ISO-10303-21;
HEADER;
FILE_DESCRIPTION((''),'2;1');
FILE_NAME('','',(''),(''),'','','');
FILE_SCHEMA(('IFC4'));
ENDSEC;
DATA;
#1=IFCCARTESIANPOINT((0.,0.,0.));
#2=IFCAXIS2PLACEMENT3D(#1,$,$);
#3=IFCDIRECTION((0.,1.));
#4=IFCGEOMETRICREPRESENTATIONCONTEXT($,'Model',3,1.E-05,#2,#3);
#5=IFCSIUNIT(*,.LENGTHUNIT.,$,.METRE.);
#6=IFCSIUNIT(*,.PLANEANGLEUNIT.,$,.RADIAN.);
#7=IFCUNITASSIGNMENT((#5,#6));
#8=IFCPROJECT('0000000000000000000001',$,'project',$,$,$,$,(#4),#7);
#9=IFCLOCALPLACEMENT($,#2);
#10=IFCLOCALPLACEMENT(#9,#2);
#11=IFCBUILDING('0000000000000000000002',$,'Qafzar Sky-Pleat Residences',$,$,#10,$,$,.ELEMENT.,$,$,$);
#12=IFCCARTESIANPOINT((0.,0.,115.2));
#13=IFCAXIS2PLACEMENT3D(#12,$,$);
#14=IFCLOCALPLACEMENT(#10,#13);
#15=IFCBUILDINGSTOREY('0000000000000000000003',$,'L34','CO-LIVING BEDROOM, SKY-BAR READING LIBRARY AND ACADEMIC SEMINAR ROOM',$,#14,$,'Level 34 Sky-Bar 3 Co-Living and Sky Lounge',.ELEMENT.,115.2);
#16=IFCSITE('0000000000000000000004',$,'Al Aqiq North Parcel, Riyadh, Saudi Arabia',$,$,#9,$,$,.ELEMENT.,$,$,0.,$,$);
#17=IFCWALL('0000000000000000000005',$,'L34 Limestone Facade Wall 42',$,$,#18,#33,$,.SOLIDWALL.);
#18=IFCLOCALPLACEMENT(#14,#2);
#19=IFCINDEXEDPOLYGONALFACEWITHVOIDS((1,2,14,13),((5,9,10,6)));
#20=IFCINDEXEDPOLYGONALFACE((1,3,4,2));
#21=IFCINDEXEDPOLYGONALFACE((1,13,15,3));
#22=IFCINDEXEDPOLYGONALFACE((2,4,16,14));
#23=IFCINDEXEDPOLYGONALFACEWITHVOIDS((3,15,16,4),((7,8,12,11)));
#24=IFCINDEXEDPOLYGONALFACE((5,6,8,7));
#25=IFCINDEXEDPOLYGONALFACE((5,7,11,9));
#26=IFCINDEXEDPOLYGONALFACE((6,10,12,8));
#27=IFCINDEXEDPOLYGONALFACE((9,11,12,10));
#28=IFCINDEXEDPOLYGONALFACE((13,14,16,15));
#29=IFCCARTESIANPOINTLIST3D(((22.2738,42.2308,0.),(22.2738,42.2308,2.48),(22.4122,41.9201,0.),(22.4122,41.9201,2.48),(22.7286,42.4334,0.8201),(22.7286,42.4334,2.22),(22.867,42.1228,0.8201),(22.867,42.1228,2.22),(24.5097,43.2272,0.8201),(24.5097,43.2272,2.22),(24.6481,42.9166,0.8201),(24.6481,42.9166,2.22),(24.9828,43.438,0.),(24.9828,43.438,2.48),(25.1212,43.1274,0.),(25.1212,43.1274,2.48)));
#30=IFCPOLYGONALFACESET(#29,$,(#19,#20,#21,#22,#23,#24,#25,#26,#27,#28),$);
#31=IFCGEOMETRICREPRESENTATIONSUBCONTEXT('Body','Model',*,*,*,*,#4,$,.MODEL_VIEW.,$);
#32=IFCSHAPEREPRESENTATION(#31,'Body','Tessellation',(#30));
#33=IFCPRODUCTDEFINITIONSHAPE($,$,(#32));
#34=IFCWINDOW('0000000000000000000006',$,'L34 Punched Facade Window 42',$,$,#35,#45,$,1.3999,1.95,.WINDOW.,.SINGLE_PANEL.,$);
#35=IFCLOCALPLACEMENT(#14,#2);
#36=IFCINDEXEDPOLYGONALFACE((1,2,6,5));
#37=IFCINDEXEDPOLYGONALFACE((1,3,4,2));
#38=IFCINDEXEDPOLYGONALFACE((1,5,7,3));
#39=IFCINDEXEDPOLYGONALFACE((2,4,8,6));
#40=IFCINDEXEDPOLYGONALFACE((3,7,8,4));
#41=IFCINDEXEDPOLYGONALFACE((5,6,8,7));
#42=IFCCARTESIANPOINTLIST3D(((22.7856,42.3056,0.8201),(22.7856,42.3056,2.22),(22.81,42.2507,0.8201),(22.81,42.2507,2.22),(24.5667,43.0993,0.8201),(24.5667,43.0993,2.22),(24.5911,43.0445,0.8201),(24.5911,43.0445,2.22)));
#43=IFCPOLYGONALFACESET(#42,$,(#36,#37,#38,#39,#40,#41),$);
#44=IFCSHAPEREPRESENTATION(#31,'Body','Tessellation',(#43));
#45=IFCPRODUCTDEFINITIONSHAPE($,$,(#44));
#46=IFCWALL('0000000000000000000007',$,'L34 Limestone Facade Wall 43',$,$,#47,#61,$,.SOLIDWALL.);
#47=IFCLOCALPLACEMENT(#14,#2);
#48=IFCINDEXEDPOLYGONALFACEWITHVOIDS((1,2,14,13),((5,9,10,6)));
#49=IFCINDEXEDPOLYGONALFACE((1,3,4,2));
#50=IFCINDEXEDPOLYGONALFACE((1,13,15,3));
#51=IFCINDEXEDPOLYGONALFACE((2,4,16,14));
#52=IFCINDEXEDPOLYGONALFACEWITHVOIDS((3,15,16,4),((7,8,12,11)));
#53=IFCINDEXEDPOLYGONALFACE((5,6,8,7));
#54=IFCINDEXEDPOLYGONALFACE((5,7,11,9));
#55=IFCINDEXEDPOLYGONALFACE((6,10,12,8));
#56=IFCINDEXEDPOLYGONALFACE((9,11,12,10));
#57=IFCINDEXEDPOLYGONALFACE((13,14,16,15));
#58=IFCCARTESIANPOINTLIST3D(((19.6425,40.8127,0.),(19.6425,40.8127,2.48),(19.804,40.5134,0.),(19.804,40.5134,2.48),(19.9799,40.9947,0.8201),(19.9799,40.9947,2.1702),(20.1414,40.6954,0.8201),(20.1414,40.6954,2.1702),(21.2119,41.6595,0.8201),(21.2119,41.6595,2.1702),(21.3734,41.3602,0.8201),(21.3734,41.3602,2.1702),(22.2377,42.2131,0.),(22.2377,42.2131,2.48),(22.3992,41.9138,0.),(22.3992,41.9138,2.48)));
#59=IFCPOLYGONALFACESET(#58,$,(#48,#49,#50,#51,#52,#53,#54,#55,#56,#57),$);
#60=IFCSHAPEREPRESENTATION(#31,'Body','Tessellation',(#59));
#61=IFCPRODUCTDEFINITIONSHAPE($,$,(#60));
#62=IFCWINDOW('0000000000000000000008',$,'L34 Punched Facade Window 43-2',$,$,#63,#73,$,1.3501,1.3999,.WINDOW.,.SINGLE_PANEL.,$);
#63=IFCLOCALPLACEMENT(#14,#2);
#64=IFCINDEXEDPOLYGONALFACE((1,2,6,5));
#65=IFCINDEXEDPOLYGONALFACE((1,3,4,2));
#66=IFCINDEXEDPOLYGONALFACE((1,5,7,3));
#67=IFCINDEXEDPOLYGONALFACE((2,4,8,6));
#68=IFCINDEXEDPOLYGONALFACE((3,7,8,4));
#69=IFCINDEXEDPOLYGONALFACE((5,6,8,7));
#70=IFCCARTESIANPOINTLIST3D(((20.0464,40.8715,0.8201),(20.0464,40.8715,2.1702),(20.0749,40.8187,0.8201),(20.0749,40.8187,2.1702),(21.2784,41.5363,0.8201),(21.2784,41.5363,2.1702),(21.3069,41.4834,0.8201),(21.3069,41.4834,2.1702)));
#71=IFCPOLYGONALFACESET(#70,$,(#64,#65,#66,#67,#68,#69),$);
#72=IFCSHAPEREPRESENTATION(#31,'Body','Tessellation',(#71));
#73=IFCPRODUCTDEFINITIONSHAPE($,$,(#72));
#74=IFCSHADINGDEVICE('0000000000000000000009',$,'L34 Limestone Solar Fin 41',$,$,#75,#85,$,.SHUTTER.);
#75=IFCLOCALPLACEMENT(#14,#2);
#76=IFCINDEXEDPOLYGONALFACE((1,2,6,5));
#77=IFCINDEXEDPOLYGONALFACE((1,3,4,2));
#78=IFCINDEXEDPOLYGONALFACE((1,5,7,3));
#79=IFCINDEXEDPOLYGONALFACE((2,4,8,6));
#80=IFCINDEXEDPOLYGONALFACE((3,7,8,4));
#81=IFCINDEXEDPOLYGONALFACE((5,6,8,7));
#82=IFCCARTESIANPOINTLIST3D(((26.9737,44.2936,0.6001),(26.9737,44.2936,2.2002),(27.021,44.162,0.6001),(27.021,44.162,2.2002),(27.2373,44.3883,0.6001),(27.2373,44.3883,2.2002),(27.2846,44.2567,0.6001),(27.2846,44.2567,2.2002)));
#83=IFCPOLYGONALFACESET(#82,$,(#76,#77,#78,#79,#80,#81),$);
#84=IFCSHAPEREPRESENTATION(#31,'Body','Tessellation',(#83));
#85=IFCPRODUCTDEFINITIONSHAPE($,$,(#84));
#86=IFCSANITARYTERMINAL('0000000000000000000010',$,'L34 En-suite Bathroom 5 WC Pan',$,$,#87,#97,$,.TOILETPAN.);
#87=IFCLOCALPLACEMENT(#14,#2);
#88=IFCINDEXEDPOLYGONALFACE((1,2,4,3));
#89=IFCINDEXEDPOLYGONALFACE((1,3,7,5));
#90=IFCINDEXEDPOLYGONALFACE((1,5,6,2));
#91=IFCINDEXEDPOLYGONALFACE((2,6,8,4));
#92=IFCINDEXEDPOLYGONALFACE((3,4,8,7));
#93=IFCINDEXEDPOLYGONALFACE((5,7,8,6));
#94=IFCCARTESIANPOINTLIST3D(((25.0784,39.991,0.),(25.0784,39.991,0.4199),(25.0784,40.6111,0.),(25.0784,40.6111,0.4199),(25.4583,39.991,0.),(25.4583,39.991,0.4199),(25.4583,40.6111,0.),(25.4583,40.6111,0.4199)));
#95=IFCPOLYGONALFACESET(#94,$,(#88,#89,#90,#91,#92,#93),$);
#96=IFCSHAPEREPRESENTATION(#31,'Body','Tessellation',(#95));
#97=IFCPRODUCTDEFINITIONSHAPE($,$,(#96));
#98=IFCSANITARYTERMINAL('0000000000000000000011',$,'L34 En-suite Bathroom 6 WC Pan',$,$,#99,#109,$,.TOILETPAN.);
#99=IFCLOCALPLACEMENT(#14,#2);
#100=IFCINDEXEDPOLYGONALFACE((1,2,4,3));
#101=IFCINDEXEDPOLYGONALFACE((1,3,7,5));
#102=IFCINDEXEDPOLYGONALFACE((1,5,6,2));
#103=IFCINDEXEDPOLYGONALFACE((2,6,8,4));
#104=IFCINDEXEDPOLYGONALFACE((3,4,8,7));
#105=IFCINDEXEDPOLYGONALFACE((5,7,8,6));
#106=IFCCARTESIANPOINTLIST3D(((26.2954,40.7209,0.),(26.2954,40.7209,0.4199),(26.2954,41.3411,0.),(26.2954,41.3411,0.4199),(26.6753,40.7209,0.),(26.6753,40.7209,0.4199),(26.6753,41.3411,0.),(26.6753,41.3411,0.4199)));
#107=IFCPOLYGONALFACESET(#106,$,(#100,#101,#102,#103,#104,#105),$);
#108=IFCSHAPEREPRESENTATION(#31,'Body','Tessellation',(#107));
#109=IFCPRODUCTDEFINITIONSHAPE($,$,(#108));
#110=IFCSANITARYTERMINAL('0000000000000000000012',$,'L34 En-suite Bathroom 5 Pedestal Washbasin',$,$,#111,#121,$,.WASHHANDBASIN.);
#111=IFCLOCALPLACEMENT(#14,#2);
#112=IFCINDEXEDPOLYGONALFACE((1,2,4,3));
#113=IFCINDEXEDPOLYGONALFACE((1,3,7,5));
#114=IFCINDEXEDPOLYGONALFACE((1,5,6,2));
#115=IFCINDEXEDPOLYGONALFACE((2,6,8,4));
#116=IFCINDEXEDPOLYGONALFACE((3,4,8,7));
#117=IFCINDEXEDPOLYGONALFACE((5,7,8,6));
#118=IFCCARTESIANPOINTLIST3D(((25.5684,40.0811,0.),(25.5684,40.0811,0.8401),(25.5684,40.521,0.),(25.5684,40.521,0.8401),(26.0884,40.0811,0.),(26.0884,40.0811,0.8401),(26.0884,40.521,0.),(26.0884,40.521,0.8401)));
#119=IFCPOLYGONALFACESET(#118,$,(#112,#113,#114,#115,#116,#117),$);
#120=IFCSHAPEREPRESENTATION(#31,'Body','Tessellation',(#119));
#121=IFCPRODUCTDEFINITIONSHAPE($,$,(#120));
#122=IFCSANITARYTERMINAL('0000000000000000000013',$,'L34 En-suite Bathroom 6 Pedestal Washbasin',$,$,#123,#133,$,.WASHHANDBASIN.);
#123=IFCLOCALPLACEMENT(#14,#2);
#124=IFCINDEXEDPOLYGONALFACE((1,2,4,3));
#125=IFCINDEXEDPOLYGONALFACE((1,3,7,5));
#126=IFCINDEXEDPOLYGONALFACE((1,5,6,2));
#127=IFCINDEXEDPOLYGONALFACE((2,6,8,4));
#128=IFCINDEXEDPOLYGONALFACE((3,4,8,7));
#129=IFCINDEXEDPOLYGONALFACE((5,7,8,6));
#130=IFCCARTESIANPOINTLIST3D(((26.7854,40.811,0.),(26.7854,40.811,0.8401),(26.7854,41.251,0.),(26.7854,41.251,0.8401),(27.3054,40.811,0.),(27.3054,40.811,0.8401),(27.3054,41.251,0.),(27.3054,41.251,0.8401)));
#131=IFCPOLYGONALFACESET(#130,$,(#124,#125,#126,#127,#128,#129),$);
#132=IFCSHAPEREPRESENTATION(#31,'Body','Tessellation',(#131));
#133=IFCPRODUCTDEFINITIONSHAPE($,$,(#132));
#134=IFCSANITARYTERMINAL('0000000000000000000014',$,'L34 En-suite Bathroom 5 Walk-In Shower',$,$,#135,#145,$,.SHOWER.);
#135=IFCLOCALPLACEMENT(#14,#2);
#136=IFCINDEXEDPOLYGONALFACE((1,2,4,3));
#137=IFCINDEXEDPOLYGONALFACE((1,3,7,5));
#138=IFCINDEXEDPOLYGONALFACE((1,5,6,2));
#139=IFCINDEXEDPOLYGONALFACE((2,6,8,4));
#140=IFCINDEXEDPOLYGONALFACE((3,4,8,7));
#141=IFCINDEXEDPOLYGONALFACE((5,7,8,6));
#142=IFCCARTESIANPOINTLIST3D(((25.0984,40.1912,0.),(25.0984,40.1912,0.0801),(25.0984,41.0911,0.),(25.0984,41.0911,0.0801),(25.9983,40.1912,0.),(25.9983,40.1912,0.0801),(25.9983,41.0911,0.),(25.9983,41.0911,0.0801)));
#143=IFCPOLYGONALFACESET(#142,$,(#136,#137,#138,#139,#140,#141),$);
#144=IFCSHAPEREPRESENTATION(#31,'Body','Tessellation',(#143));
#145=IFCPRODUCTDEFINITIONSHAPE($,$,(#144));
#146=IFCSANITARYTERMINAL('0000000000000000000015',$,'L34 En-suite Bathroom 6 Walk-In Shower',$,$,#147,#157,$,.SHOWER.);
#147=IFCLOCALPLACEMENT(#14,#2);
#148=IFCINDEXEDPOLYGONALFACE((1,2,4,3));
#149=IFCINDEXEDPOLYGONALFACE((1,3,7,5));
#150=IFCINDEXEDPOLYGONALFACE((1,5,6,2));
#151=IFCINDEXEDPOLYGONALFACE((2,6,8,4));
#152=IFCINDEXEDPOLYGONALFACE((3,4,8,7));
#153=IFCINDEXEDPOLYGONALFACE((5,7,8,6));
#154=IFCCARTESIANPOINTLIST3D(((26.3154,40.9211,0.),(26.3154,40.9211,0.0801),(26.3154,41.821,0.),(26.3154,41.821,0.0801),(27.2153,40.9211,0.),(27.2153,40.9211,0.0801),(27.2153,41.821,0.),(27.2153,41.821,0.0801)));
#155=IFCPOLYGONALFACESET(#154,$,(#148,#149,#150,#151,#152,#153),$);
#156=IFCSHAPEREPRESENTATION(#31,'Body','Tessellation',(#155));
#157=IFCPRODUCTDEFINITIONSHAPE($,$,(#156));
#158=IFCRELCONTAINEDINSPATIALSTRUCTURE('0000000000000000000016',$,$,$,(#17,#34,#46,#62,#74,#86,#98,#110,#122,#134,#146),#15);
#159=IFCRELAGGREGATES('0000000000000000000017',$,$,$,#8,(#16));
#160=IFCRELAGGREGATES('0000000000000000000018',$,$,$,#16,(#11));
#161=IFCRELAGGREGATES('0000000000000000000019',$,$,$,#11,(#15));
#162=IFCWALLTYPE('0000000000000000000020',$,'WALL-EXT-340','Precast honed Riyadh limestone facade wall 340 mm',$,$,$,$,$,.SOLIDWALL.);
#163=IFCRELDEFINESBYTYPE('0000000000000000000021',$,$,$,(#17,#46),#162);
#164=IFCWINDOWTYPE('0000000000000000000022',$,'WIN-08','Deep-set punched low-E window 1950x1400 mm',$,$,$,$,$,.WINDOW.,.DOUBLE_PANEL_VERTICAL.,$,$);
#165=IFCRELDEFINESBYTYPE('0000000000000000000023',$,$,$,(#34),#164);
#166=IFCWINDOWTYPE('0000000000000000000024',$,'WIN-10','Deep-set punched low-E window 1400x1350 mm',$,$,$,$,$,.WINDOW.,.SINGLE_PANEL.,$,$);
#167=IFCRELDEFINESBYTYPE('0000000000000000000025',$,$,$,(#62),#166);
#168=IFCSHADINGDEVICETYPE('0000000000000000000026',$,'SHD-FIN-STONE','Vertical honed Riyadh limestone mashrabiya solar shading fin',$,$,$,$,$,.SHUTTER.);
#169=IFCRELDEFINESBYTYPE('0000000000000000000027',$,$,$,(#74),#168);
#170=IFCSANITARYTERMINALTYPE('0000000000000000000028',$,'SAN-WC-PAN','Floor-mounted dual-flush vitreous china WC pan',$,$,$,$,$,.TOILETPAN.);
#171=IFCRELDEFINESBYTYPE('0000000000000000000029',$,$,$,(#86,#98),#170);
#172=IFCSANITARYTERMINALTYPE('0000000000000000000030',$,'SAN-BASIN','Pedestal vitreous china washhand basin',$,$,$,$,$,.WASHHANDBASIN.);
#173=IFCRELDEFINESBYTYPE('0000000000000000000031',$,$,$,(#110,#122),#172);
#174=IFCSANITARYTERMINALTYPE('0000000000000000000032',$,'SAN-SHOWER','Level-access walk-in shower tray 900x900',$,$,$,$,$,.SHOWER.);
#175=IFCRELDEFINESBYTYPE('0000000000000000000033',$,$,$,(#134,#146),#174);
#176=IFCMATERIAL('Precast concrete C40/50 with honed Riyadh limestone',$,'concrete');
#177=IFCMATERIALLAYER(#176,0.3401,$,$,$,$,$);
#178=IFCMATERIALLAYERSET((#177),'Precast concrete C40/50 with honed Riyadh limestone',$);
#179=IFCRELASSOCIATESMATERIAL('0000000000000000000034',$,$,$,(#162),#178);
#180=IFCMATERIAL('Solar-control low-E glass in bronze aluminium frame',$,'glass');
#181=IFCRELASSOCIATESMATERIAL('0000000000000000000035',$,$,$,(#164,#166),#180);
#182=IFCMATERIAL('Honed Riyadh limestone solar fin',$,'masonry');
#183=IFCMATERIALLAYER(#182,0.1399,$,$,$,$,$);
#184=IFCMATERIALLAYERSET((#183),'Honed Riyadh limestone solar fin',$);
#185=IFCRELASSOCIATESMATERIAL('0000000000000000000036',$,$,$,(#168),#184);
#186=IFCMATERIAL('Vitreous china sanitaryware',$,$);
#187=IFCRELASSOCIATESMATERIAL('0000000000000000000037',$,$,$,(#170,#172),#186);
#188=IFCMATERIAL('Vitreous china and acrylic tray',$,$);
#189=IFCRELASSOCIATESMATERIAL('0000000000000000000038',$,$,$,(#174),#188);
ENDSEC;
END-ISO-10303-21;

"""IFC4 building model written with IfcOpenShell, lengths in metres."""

from ifc_helpers import new_model, si_unit, direction, frame, frame_2d, origin, origin_2d, place, context, subcontext, project, spatial, rectangle, extrude, source, transform, mapped, material, layer, layer_set, type_object, element, fill, save


model = new_model("IFC4")

# Units and contexts
model_context = context("Model", 3, precision=1e-05, world=origin(), true_north=direction((0.0, 1.0)))
body_context = subcontext(model_context, "Body", "Model", "MODEL_VIEW")
ifc_project = project(units=[si_unit("LENGTHUNIT", "METRE"), si_unit("PLANEANGLEUNIT", "RADIAN")], contexts=[model_context])

# Site, building, storey
site_placement = place(None, origin())
site = spatial("IfcSite", under=ifc_project, at=site_placement, Name="Al Aqiq North Parcel, Riyadh, Saudi Arabia", CompositionType="ELEMENT", RefElevation=0.0)
building_placement = place(site_placement, origin())
building = spatial("IfcBuilding", under=site, at=building_placement, Name="Qafzar Sky-Pleat Residences", CompositionType="ELEMENT")
storey_placement = place(building_placement, frame((0.0, 0.0, 115.2)))
storey = spatial("IfcBuildingStorey", under=building, at=storey_placement, Name="L34", Description="CO-LIVING BEDROOM, SKY-BAR READING LIBRARY AND ACADEMIC SEMINAR ROOM", LongName="Level 34 Sky-Bar 3 Co-Living and Sky Lounge", CompositionType="ELEMENT", Elevation=115.2)

# Shared definitions
ifc_material_1 = material(Name="Precast concrete C40/50 with honed Riyadh limestone", Category="concrete")
ifc_layer_1 = layer(ifc_material_1, 0.3401)
ifc_layer_set_1 = layer_set([ifc_layer_1], Name="Precast concrete C40/50 with honed Riyadh limestone")
wall_type_1 = type_object("IfcWallType", Name="WALL-EXT-340", Description="Precast honed Riyadh limestone facade wall 340 mm", PredefinedType="SOLIDWALL", material=ifc_layer_set_1)

# Walls, openings, windows
wall_1_placement = place(storey_placement, frame((25.052, 43.2827, 0.0), z_axis=(0.0, 0.0, 1.0), x_axis=(-0.9134, -0.407062, 0.0)))
wall_1 = element("IfcWall", 1, at=wall_1_placement, inside=storey, type_object=wall_type_1, Name="L34 Limestone Facade Wall 42", PredefinedType="SOLIDWALL", context=body_context, shape_type="SweptSolid", body=[
    extrude(rectangle(XDim=2.9658, YDim=0.3401, at=frame_2d((1.4829, 0.0))), origin(), (0.0, 0.0, 1.0), 2.48),
])
opening_1_placement = place(wall_1_placement, frame((0.5178, 0.0, 0.8201)))
opening_1 = element("IfcOpeningElement", 2, at=opening_1_placement, cuts=wall_1, PredefinedType="OPENING", context=body_context, shape_type="SweptSolid", body=[
    extrude(rectangle(XDim=1.95, YDim=1.3999, at=frame_2d((0.9751, 0.7))), frame((0.0, 0.1802, 0.0), z_axis=(0.0, -1.0, 0.0), x_axis=(1.0, 0.0, 0.0)), (0.0, 0.0, 1.0), 0.3601),
])
ifc_material_2 = material(Name="Solar-control low-E glass in bronze aluminium frame", Category="glass")
window_type_1 = type_object("IfcWindowType", Name="WIN-08", Description="Deep-set punched low-E window 1950x1400 mm", PartitioningType="DOUBLE_PANEL_VERTICAL", PredefinedType="WINDOW", material=ifc_material_2)
shared_shape_1 = source(origin(), body_context, "Body", "SweptSolid", [
    extrude(rectangle(XDim=1.95, YDim=1.3999, at=frame_2d((0.9751, 0.7))), frame((0.0, 0.03, 0.0), z_axis=(0.0, -1.0, 0.0), x_axis=(1.0, 0.0, 0.0)), (0.0, 0.0, 1.0), 0.0601),
])
window_1_placement = place(opening_1_placement, origin())
window_1 = element("IfcWindow", 3, at=window_1_placement, inside=storey, type_object=window_type_1, Name="L34 Punched Facade Window 42", OverallHeight=1.3999, OverallWidth=1.95, PartitioningType="SINGLE_PANEL", PredefinedType="WINDOW", context=body_context, shape_type="MappedRepresentation", body=[
    mapped(shared_shape_1, transform((0.0, 0.0, 0.0), x_axis=(1.0, 0.0, 0.0), y_axis=(0.0, 1.0, 0.0), z_axis=(0.0, 0.0, 1.0), scale=1.0)),
])
fill(opening_1, window_1)
wall_2_placement = place(storey_placement, frame((22.3186, 42.0635, 0.0), z_axis=(0.0, 0.0, 1.0), x_axis=(-0.880051, -0.47488, 0.0)))
wall_2 = element("IfcWall", 4, at=wall_2_placement, inside=storey, type_object=wall_type_1, Name="L34 Limestone Facade Wall 43", PredefinedType="SOLIDWALL", context=body_context, shape_type="SweptSolid", body=[
    extrude(rectangle(XDim=2.949, YDim=0.3401, at=frame_2d((1.4746, 0.0))), origin(), (0.0, 0.0, 1.0), 2.48),
])
opening_2_placement = place(wall_2_placement, frame((1.1658, 0.0, 0.8201)))
opening_2 = element("IfcOpeningElement", 5, at=opening_2_placement, cuts=wall_2, PredefinedType="OPENING", context=body_context, shape_type="SweptSolid", body=[
    extrude(rectangle(XDim=1.3999, YDim=1.3501, at=frame_2d((0.7, 0.675))), frame((0.0, 0.1802, 0.0), z_axis=(0.0, -1.0, 0.0), x_axis=(1.0, 0.0, 0.0)), (0.0, 0.0, 1.0), 0.3601),
])
window_type_2 = type_object("IfcWindowType", Name="WIN-10", Description="Deep-set punched low-E window 1400x1350 mm", PartitioningType="SINGLE_PANEL", PredefinedType="WINDOW", material=ifc_material_2)
shared_shape_2 = source(origin(), body_context, "Body", "SweptSolid", [
    extrude(rectangle(XDim=1.3999, YDim=1.3501, at=frame_2d((0.7, 0.675))), frame((0.0, 0.03, 0.0), z_axis=(0.0, -1.0, 0.0), x_axis=(1.0, 0.0, 0.0)), (0.0, 0.0, 1.0), 0.0601),
])
window_2_placement = place(opening_2_placement, origin())
window_2 = element("IfcWindow", 6, at=window_2_placement, inside=storey, type_object=window_type_2, Name="L34 Punched Facade Window 43-2", OverallHeight=1.3501, OverallWidth=1.3999, PartitioningType="SINGLE_PANEL", PredefinedType="WINDOW", context=body_context, shape_type="MappedRepresentation", body=[
    mapped(shared_shape_2, transform((0.0, 0.0, 0.0), x_axis=(1.0, 0.0, 0.0), y_axis=(0.0, 1.0, 0.0), z_axis=(0.0, 0.0, 1.0), scale=1.0)),
])
fill(opening_2, window_2)

# Shading device
ifc_material_3 = material(Name="Honed Riyadh limestone solar fin", Category="masonry")
ifc_layer_2 = layer(ifc_material_3, 0.1399)
ifc_layer_set_2 = layer_set([ifc_layer_2], Name="Honed Riyadh limestone solar fin")
shading_device_type = type_object("IfcShadingDeviceType", Name="SHD-FIN-STONE", Description="Vertical honed Riyadh limestone mashrabiya solar shading fin", PredefinedType="SHUTTER", material=ifc_layer_set_2)
shared_shape_3 = source(origin(), body_context, "Body", "SweptSolid", [
    extrude(rectangle(XDim=0.1399, YDim=0.28, at=origin_2d()), origin(), (0.0, 0.0, 1.0), 1.6001),
])
shading_device_placement = place(storey_placement, frame((27.1292, 44.2751, 0.6001), z_axis=(0.0, 0.0, 1.0), x_axis=(-0.338169, 0.941085, 0.0)))
element("IfcShadingDevice", 7, at=shading_device_placement, inside=storey, type_object=shading_device_type, Name="L34 Limestone Solar Fin 41", PredefinedType="SHUTTER", context=body_context, shape_type="MappedRepresentation", body=[
    mapped(shared_shape_3, transform((0.0, 0.0, 0.0), x_axis=(1.0, 0.0, 0.0), y_axis=(0.0, 1.0, 0.0), z_axis=(0.0, 0.0, 1.0), scale=1.0)),
])

# Sanitary terminals
ifc_material_4 = material(Name="Vitreous china sanitaryware")
sanitary_terminal_type_1 = type_object("IfcSanitaryTerminalType", Name="SAN-WC-PAN", Description="Floor-mounted dual-flush vitreous china WC pan", PredefinedType="TOILETPAN", material=ifc_material_4)
shared_shape_4 = source(origin(), body_context, "Body", "SweptSolid", [
    extrude(rectangle(XDim=0.3799, YDim=0.6201, at=origin_2d()), origin(), (0.0, 0.0, 1.0), 0.4199),
])
for number, where, z_axis, x_axis, name in (
    (8, (25.2683, 40.301, 0.0), (0.0, 0.0, 1.0), (1.0, 0.0, 0.0), "L34 En-suite Bathroom 5 WC Pan"),
    (9, (26.4854, 41.031, 0.0), (0.0, 0.0, 1.0), (1.0, 0.0, 0.0), "L34 En-suite Bathroom 6 WC Pan"),
):
    element("IfcSanitaryTerminal", number, at=place(storey_placement, frame(where, z_axis=z_axis, x_axis=x_axis)), inside=storey, type_object=sanitary_terminal_type_1, Name=name, PredefinedType="TOILETPAN", context=body_context, shape_type="MappedRepresentation", body=[
        mapped(shared_shape_4, transform((0.0, 0.0, 0.0), x_axis=(1.0, 0.0, 0.0), y_axis=(0.0, 1.0, 0.0), z_axis=(0.0, 0.0, 1.0), scale=1.0)),
    ])
sanitary_terminal_type_2 = type_object("IfcSanitaryTerminalType", Name="SAN-BASIN", Description="Pedestal vitreous china washhand basin", PredefinedType="WASHHANDBASIN", material=ifc_material_4)
shared_shape_5 = source(origin(), body_context, "Body", "SweptSolid", [
    extrude(rectangle(XDim=0.52, YDim=0.4399, at=origin_2d()), origin(), (0.0, 0.0, 1.0), 0.8401),
])
for number, where, z_axis, x_axis, name in (
    (10, (25.8284, 40.301, 0.0), (0.0, 0.0, 1.0), (1.0, 0.0, 0.0), "L34 En-suite Bathroom 5 Pedestal Washbasin"),
    (11, (27.0454, 41.031, 0.0), (0.0, 0.0, 1.0), (1.0, 0.0, 0.0), "L34 En-suite Bathroom 6 Pedestal Washbasin"),
):
    element("IfcSanitaryTerminal", number, at=place(storey_placement, frame(where, z_axis=z_axis, x_axis=x_axis)), inside=storey, type_object=sanitary_terminal_type_2, Name=name, PredefinedType="WASHHANDBASIN", context=body_context, shape_type="MappedRepresentation", body=[
        mapped(shared_shape_5, transform((0.0, 0.0, 0.0), x_axis=(1.0, 0.0, 0.0), y_axis=(0.0, 1.0, 0.0), z_axis=(0.0, 0.0, 1.0), scale=1.0)),
    ])
ifc_material_5 = material(Name="Vitreous china and acrylic tray")
sanitary_terminal_type_3 = type_object("IfcSanitaryTerminalType", Name="SAN-SHOWER", Description="Level-access walk-in shower tray 900x900", PredefinedType="SHOWER", material=ifc_material_5)
shared_shape_6 = source(origin(), body_context, "Body", "SweptSolid", [
    extrude(rectangle(XDim=0.8999, YDim=0.8999, at=origin_2d()), origin(), (0.0, 0.0, 1.0), 0.0801),
])
for number, where, z_axis, x_axis, name in (
    (12, (25.5483, 40.6411, 0.0), (0.0, 0.0, 1.0), (1.0, 0.0, 0.0), "L34 En-suite Bathroom 5 Walk-In Shower"),
    (13, (26.7654, 41.3711, 0.0), (0.0, 0.0, 1.0), (1.0, 0.0, 0.0), "L34 En-suite Bathroom 6 Walk-In Shower"),
):
    element("IfcSanitaryTerminal", number, at=place(storey_placement, frame(where, z_axis=z_axis, x_axis=x_axis)), inside=storey, type_object=sanitary_terminal_type_3, Name=name, PredefinedType="SHOWER", context=body_context, shape_type="MappedRepresentation", body=[
        mapped(shared_shape_6, transform((0.0, 0.0, 0.0), x_axis=(1.0, 0.0, 0.0), y_axis=(0.0, 1.0, 0.0), z_axis=(0.0, 0.0, 1.0), scale=1.0)),
    ])

save(model, "model.ifc")
